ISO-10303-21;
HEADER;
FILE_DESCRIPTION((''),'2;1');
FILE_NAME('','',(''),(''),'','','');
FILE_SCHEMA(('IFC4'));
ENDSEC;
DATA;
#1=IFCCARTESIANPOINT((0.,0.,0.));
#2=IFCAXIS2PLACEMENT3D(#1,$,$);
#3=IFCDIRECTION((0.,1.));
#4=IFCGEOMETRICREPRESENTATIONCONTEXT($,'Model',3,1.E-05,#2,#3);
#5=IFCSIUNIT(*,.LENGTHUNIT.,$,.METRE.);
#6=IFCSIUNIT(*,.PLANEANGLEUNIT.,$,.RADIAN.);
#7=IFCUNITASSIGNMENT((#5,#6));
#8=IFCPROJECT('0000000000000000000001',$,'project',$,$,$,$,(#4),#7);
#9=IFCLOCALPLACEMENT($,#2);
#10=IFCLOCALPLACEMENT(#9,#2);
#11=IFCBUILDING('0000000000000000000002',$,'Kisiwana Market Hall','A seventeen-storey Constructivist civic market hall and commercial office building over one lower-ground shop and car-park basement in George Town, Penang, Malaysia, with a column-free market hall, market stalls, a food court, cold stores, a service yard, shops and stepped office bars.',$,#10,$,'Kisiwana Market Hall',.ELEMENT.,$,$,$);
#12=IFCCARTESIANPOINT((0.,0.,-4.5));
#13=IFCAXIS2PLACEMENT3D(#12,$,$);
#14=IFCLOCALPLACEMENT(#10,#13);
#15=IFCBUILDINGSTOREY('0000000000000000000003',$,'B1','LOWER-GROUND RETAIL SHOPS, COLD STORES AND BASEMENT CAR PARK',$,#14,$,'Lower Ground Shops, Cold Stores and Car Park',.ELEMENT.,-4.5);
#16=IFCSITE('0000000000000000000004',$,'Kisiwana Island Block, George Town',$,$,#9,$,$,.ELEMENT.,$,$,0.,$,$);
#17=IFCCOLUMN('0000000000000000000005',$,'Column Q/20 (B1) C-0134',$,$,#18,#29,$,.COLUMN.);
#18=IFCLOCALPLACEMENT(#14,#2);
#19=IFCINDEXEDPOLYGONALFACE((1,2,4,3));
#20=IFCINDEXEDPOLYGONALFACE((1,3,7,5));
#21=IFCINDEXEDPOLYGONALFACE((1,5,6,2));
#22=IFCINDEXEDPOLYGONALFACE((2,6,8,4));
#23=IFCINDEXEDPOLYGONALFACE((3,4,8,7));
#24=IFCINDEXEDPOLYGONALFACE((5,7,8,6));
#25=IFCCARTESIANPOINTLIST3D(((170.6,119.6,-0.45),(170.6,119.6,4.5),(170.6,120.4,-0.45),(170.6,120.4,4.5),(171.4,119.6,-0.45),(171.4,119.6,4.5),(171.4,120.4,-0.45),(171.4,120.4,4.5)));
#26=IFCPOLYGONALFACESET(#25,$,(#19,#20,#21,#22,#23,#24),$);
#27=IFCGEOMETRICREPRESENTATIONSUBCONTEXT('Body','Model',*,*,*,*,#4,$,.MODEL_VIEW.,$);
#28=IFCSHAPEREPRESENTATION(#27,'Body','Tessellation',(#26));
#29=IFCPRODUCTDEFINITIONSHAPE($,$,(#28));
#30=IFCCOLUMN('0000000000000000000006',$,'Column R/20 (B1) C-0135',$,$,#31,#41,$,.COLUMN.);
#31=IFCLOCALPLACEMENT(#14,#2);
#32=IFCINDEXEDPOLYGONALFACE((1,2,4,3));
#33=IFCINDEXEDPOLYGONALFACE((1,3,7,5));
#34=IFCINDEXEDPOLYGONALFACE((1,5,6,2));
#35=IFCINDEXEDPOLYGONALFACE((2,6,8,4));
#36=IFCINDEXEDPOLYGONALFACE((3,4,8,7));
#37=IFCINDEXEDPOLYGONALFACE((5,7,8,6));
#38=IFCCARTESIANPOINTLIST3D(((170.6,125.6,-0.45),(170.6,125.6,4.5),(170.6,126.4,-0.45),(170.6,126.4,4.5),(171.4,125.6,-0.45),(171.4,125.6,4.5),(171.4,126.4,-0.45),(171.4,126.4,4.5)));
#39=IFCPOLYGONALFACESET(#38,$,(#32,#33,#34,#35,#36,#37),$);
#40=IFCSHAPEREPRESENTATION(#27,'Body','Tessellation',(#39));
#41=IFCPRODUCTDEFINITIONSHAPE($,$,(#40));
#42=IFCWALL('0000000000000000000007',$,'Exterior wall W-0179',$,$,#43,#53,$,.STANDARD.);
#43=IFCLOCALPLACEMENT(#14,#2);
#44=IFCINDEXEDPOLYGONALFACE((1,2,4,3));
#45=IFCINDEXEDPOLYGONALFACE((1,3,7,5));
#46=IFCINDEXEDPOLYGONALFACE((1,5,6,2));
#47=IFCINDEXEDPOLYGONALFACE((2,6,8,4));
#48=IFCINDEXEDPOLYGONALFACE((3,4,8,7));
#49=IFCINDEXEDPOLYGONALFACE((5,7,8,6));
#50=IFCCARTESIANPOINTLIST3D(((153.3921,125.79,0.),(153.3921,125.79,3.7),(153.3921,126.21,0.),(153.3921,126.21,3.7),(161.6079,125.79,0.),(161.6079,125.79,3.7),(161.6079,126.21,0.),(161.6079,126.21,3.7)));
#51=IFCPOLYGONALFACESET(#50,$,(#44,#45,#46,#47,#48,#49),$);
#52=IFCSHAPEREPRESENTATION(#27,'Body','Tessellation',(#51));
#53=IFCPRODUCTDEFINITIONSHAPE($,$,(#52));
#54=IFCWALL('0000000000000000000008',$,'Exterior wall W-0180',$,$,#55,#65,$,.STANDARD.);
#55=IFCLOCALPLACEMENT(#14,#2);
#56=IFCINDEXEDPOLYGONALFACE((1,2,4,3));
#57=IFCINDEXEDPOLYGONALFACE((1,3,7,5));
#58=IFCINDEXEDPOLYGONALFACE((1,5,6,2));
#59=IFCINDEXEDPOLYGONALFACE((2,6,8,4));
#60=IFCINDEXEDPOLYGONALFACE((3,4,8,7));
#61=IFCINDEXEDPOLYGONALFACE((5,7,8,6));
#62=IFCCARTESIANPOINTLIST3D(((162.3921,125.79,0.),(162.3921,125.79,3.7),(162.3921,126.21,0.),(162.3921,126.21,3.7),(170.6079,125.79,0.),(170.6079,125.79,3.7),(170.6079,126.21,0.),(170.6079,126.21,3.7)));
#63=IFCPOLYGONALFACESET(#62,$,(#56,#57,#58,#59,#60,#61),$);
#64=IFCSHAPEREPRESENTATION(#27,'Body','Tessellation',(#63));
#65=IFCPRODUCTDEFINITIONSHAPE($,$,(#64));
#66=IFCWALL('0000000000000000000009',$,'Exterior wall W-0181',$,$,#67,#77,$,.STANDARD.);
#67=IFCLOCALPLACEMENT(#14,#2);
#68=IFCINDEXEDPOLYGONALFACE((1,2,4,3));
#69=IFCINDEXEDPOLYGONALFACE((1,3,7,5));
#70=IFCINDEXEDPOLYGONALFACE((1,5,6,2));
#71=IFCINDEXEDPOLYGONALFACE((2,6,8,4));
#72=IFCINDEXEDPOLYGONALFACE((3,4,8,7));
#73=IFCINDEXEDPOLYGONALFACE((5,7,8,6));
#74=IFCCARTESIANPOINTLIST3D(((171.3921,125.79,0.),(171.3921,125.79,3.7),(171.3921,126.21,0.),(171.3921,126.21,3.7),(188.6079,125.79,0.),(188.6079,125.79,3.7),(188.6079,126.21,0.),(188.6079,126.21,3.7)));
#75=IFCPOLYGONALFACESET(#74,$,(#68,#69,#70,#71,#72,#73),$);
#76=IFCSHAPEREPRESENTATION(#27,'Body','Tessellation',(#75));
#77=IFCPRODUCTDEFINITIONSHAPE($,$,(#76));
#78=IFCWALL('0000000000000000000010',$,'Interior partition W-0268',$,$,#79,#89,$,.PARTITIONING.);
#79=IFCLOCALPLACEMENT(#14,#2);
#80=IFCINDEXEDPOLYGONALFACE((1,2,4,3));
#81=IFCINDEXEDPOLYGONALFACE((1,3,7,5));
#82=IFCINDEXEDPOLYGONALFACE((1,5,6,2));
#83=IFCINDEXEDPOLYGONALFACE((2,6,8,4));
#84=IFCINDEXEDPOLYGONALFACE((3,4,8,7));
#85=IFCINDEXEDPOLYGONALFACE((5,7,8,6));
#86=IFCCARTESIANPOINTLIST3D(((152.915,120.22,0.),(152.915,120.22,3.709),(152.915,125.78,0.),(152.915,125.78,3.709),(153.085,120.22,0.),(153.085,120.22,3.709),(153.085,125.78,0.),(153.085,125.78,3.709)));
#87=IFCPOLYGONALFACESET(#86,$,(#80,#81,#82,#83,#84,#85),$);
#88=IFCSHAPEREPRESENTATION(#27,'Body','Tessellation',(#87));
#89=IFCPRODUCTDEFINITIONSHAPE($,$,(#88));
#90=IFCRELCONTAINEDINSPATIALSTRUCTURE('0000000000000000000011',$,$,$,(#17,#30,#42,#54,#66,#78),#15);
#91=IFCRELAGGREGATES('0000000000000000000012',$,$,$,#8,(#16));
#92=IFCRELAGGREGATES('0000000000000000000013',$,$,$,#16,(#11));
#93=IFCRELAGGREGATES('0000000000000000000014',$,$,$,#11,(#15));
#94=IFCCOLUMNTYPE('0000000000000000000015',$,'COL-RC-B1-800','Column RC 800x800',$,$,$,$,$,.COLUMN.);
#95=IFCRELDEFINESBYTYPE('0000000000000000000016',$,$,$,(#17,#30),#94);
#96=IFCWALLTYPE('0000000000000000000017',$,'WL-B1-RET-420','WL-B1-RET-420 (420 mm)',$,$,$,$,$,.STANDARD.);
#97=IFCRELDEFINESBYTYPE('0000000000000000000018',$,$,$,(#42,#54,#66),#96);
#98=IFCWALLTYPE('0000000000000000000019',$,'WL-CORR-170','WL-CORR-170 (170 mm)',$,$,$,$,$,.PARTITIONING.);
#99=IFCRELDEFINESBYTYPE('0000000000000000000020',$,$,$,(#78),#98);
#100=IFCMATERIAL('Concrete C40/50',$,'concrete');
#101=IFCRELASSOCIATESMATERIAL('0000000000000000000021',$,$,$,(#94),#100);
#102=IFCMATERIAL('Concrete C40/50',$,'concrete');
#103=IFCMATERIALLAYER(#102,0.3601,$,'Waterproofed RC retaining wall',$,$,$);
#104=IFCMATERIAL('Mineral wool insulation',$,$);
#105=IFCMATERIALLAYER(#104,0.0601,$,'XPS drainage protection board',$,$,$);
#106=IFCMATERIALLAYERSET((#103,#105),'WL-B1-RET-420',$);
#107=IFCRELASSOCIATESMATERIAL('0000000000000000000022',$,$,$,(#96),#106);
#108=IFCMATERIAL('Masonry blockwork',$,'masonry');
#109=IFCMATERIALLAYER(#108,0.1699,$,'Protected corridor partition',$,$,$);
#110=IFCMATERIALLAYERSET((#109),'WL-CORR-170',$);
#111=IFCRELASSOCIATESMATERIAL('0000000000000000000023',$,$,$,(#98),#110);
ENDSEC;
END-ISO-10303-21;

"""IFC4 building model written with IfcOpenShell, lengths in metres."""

from ifc_helpers import new_model, si_unit, direction, frame, frame_2d, origin, origin_2d, place, context, subcontext, project, spatial, rectangle, extrude, material, layer, layer_set, material_profile, profile_set, type_object, element, save


model = new_model("IFC4")

# Units and contexts
model_context = context("Model", 3, precision=1e-05, world=origin(), true_north=direction((0.0, 1.0)))
body_context = subcontext(model_context, "Body", "Model", "MODEL_VIEW")
ifc_project = project(units=[si_unit("LENGTHUNIT", "METRE"), si_unit("PLANEANGLEUNIT", "RADIAN")], contexts=[model_context])

# Site, building, storey
site_placement = place(None, origin())
site = spatial("IfcSite", under=ifc_project, at=site_placement, Name="Kisiwana Island Block, George Town", CompositionType="ELEMENT", RefElevation=0.0)
building_placement = place(site_placement, origin())
building = spatial("IfcBuilding", under=site, at=building_placement, Name="Kisiwana Market Hall", Description="A seventeen-storey Constructivist civic market hall and commercial office building over one lower-ground shop and car-park basement in George Town, Penang, Malaysia, with a column-free market hall, market stalls, a food court, cold stores, a service yard, shops and stepped office bars.", LongName="Kisiwana Market Hall", CompositionType="ELEMENT")
storey_placement = place(building_placement, frame((0.0, 0.0, -4.5)))
storey = spatial("IfcBuildingStorey", under=building, at=storey_placement, Name="B1", Description="LOWER-GROUND RETAIL SHOPS, COLD STORES AND BASEMENT CAR PARK", LongName="Lower Ground Shops, Cold Stores and Car Park", CompositionType="ELEMENT", Elevation=-4.5)

# Columns
ifc_material_1 = material(Name="Concrete C40/50", Category="concrete")
ifc_material_profile_1 = material_profile(ifc_material_1, rectangle(XDim=0.8, YDim=0.8, at=origin_2d()), Name="RC 800x800")
ifc_profile_set_1 = profile_set([ifc_material_profile_1], Name="Concrete C40/50")
column_type = type_object("IfcColumnType", Name="COL-RC-B1-800", Description="Column RC 800x800", PredefinedType="COLUMN", material=ifc_profile_set_1)
for number, where, z_axis, x_axis, name in (
    (1, (171.0, 120.0, -0.45), (0.0, 0.0, 1.0), (1.0, 0.0, 0.0), "Column Q/20 (B1) C-0134"),
    (2, (171.0, 126.0, -0.45), (0.0, 0.0, 1.0), (1.0, 0.0, 0.0), "Column R/20 (B1) C-0135"),
):
    element("IfcColumn", number, at=place(storey_placement, frame(where, z_axis=z_axis, x_axis=x_axis)), inside=storey, type_object=column_type, Name=name, PredefinedType="COLUMN", context=body_context, shape_type="SweptSolid", body=[
        extrude(rectangle(XDim=0.8, YDim=0.8, at=origin_2d()), origin(), (0.0, 0.0, 1.0), 4.95),
    ])

# Walls
ifc_material_2 = material(Name="Concrete C40/50", Category="concrete")
ifc_layer_1 = layer(ifc_material_2, 0.3601, Name="Waterproofed RC retaining wall")
ifc_material_3 = material(Name="Mineral wool insulation")
ifc_layer_2 = layer(ifc_material_3, 0.0601, Name="XPS drainage protection board")
ifc_layer_set_1 = layer_set([ifc_layer_1, ifc_layer_2], Name="WL-B1-RET-420")
wall_type_1 = type_object("IfcWallType", Name="WL-B1-RET-420", Description="WL-B1-RET-420 (420 mm)", PredefinedType="STANDARD", material=ifc_layer_set_1)
for number, where, z_axis, x_axis, name in (
    (3, (153.3921, 126.0, 0.0), (0.0, 0.0, 1.0), (1.0, 0.0, 0.0), "Exterior wall W-0179"),
    (4, (162.3921, 126.0, 0.0), (0.0, 0.0, 1.0), (1.0, 0.0, 0.0), "Exterior wall W-0180"),
):
    element("IfcWall", number, at=place(storey_placement, frame(where, z_axis=z_axis, x_axis=x_axis)), inside=storey, type_object=wall_type_1, Name=name, PredefinedType="STANDARD", context=body_context, shape_type="SweptSolid", body=[
        extrude(rectangle(XDim=8.2158, YDim=0.4199, at=frame_2d((4.1079, 0.0))), origin(), (0.0, 0.0, 1.0), 3.7),
    ])
wall_1_placement = place(storey_placement, frame((171.3921, 126.0, 0.0), z_axis=(0.0, 0.0, 1.0), x_axis=(1.0, 0.0, 0.0)))
element("IfcWall", 5, at=wall_1_placement, inside=storey, type_object=wall_type_1, Name="Exterior wall W-0181", PredefinedType="STANDARD", context=body_context, shape_type="SweptSolid", body=[
    extrude(rectangle(XDim=17.2158, YDim=0.4199, at=frame_2d((8.6079, 0.0))), origin(), (0.0, 0.0, 1.0), 3.7),
])
ifc_material_4 = material(Name="Masonry blockwork", Category="masonry")
ifc_layer_3 = layer(ifc_material_4, 0.1699, Name="Protected corridor partition")
ifc_layer_set_2 = layer_set([ifc_layer_3], Name="WL-CORR-170")
wall_type_2 = type_object("IfcWallType", Name="WL-CORR-170", Description="WL-CORR-170 (170 mm)", PredefinedType="PARTITIONING", material=ifc_layer_set_2)
wall_2_placement = place(storey_placement, frame((153.0, 120.22, 0.0), z_axis=(0.0, 0.0, 1.0), x_axis=(0.0, 1.0, 0.0)))
element("IfcWall", 6, at=wall_2_placement, inside=storey, type_object=wall_type_2, Name="Interior partition W-0268", PredefinedType="PARTITIONING", context=body_context, shape_type="SweptSolid", body=[
    extrude(rectangle(XDim=5.5601, YDim=0.1699, at=frame_2d((2.78, 0.0))), origin(), (0.0, 0.0, 1.0), 3.709),
])

save(model, "model.ifc")
